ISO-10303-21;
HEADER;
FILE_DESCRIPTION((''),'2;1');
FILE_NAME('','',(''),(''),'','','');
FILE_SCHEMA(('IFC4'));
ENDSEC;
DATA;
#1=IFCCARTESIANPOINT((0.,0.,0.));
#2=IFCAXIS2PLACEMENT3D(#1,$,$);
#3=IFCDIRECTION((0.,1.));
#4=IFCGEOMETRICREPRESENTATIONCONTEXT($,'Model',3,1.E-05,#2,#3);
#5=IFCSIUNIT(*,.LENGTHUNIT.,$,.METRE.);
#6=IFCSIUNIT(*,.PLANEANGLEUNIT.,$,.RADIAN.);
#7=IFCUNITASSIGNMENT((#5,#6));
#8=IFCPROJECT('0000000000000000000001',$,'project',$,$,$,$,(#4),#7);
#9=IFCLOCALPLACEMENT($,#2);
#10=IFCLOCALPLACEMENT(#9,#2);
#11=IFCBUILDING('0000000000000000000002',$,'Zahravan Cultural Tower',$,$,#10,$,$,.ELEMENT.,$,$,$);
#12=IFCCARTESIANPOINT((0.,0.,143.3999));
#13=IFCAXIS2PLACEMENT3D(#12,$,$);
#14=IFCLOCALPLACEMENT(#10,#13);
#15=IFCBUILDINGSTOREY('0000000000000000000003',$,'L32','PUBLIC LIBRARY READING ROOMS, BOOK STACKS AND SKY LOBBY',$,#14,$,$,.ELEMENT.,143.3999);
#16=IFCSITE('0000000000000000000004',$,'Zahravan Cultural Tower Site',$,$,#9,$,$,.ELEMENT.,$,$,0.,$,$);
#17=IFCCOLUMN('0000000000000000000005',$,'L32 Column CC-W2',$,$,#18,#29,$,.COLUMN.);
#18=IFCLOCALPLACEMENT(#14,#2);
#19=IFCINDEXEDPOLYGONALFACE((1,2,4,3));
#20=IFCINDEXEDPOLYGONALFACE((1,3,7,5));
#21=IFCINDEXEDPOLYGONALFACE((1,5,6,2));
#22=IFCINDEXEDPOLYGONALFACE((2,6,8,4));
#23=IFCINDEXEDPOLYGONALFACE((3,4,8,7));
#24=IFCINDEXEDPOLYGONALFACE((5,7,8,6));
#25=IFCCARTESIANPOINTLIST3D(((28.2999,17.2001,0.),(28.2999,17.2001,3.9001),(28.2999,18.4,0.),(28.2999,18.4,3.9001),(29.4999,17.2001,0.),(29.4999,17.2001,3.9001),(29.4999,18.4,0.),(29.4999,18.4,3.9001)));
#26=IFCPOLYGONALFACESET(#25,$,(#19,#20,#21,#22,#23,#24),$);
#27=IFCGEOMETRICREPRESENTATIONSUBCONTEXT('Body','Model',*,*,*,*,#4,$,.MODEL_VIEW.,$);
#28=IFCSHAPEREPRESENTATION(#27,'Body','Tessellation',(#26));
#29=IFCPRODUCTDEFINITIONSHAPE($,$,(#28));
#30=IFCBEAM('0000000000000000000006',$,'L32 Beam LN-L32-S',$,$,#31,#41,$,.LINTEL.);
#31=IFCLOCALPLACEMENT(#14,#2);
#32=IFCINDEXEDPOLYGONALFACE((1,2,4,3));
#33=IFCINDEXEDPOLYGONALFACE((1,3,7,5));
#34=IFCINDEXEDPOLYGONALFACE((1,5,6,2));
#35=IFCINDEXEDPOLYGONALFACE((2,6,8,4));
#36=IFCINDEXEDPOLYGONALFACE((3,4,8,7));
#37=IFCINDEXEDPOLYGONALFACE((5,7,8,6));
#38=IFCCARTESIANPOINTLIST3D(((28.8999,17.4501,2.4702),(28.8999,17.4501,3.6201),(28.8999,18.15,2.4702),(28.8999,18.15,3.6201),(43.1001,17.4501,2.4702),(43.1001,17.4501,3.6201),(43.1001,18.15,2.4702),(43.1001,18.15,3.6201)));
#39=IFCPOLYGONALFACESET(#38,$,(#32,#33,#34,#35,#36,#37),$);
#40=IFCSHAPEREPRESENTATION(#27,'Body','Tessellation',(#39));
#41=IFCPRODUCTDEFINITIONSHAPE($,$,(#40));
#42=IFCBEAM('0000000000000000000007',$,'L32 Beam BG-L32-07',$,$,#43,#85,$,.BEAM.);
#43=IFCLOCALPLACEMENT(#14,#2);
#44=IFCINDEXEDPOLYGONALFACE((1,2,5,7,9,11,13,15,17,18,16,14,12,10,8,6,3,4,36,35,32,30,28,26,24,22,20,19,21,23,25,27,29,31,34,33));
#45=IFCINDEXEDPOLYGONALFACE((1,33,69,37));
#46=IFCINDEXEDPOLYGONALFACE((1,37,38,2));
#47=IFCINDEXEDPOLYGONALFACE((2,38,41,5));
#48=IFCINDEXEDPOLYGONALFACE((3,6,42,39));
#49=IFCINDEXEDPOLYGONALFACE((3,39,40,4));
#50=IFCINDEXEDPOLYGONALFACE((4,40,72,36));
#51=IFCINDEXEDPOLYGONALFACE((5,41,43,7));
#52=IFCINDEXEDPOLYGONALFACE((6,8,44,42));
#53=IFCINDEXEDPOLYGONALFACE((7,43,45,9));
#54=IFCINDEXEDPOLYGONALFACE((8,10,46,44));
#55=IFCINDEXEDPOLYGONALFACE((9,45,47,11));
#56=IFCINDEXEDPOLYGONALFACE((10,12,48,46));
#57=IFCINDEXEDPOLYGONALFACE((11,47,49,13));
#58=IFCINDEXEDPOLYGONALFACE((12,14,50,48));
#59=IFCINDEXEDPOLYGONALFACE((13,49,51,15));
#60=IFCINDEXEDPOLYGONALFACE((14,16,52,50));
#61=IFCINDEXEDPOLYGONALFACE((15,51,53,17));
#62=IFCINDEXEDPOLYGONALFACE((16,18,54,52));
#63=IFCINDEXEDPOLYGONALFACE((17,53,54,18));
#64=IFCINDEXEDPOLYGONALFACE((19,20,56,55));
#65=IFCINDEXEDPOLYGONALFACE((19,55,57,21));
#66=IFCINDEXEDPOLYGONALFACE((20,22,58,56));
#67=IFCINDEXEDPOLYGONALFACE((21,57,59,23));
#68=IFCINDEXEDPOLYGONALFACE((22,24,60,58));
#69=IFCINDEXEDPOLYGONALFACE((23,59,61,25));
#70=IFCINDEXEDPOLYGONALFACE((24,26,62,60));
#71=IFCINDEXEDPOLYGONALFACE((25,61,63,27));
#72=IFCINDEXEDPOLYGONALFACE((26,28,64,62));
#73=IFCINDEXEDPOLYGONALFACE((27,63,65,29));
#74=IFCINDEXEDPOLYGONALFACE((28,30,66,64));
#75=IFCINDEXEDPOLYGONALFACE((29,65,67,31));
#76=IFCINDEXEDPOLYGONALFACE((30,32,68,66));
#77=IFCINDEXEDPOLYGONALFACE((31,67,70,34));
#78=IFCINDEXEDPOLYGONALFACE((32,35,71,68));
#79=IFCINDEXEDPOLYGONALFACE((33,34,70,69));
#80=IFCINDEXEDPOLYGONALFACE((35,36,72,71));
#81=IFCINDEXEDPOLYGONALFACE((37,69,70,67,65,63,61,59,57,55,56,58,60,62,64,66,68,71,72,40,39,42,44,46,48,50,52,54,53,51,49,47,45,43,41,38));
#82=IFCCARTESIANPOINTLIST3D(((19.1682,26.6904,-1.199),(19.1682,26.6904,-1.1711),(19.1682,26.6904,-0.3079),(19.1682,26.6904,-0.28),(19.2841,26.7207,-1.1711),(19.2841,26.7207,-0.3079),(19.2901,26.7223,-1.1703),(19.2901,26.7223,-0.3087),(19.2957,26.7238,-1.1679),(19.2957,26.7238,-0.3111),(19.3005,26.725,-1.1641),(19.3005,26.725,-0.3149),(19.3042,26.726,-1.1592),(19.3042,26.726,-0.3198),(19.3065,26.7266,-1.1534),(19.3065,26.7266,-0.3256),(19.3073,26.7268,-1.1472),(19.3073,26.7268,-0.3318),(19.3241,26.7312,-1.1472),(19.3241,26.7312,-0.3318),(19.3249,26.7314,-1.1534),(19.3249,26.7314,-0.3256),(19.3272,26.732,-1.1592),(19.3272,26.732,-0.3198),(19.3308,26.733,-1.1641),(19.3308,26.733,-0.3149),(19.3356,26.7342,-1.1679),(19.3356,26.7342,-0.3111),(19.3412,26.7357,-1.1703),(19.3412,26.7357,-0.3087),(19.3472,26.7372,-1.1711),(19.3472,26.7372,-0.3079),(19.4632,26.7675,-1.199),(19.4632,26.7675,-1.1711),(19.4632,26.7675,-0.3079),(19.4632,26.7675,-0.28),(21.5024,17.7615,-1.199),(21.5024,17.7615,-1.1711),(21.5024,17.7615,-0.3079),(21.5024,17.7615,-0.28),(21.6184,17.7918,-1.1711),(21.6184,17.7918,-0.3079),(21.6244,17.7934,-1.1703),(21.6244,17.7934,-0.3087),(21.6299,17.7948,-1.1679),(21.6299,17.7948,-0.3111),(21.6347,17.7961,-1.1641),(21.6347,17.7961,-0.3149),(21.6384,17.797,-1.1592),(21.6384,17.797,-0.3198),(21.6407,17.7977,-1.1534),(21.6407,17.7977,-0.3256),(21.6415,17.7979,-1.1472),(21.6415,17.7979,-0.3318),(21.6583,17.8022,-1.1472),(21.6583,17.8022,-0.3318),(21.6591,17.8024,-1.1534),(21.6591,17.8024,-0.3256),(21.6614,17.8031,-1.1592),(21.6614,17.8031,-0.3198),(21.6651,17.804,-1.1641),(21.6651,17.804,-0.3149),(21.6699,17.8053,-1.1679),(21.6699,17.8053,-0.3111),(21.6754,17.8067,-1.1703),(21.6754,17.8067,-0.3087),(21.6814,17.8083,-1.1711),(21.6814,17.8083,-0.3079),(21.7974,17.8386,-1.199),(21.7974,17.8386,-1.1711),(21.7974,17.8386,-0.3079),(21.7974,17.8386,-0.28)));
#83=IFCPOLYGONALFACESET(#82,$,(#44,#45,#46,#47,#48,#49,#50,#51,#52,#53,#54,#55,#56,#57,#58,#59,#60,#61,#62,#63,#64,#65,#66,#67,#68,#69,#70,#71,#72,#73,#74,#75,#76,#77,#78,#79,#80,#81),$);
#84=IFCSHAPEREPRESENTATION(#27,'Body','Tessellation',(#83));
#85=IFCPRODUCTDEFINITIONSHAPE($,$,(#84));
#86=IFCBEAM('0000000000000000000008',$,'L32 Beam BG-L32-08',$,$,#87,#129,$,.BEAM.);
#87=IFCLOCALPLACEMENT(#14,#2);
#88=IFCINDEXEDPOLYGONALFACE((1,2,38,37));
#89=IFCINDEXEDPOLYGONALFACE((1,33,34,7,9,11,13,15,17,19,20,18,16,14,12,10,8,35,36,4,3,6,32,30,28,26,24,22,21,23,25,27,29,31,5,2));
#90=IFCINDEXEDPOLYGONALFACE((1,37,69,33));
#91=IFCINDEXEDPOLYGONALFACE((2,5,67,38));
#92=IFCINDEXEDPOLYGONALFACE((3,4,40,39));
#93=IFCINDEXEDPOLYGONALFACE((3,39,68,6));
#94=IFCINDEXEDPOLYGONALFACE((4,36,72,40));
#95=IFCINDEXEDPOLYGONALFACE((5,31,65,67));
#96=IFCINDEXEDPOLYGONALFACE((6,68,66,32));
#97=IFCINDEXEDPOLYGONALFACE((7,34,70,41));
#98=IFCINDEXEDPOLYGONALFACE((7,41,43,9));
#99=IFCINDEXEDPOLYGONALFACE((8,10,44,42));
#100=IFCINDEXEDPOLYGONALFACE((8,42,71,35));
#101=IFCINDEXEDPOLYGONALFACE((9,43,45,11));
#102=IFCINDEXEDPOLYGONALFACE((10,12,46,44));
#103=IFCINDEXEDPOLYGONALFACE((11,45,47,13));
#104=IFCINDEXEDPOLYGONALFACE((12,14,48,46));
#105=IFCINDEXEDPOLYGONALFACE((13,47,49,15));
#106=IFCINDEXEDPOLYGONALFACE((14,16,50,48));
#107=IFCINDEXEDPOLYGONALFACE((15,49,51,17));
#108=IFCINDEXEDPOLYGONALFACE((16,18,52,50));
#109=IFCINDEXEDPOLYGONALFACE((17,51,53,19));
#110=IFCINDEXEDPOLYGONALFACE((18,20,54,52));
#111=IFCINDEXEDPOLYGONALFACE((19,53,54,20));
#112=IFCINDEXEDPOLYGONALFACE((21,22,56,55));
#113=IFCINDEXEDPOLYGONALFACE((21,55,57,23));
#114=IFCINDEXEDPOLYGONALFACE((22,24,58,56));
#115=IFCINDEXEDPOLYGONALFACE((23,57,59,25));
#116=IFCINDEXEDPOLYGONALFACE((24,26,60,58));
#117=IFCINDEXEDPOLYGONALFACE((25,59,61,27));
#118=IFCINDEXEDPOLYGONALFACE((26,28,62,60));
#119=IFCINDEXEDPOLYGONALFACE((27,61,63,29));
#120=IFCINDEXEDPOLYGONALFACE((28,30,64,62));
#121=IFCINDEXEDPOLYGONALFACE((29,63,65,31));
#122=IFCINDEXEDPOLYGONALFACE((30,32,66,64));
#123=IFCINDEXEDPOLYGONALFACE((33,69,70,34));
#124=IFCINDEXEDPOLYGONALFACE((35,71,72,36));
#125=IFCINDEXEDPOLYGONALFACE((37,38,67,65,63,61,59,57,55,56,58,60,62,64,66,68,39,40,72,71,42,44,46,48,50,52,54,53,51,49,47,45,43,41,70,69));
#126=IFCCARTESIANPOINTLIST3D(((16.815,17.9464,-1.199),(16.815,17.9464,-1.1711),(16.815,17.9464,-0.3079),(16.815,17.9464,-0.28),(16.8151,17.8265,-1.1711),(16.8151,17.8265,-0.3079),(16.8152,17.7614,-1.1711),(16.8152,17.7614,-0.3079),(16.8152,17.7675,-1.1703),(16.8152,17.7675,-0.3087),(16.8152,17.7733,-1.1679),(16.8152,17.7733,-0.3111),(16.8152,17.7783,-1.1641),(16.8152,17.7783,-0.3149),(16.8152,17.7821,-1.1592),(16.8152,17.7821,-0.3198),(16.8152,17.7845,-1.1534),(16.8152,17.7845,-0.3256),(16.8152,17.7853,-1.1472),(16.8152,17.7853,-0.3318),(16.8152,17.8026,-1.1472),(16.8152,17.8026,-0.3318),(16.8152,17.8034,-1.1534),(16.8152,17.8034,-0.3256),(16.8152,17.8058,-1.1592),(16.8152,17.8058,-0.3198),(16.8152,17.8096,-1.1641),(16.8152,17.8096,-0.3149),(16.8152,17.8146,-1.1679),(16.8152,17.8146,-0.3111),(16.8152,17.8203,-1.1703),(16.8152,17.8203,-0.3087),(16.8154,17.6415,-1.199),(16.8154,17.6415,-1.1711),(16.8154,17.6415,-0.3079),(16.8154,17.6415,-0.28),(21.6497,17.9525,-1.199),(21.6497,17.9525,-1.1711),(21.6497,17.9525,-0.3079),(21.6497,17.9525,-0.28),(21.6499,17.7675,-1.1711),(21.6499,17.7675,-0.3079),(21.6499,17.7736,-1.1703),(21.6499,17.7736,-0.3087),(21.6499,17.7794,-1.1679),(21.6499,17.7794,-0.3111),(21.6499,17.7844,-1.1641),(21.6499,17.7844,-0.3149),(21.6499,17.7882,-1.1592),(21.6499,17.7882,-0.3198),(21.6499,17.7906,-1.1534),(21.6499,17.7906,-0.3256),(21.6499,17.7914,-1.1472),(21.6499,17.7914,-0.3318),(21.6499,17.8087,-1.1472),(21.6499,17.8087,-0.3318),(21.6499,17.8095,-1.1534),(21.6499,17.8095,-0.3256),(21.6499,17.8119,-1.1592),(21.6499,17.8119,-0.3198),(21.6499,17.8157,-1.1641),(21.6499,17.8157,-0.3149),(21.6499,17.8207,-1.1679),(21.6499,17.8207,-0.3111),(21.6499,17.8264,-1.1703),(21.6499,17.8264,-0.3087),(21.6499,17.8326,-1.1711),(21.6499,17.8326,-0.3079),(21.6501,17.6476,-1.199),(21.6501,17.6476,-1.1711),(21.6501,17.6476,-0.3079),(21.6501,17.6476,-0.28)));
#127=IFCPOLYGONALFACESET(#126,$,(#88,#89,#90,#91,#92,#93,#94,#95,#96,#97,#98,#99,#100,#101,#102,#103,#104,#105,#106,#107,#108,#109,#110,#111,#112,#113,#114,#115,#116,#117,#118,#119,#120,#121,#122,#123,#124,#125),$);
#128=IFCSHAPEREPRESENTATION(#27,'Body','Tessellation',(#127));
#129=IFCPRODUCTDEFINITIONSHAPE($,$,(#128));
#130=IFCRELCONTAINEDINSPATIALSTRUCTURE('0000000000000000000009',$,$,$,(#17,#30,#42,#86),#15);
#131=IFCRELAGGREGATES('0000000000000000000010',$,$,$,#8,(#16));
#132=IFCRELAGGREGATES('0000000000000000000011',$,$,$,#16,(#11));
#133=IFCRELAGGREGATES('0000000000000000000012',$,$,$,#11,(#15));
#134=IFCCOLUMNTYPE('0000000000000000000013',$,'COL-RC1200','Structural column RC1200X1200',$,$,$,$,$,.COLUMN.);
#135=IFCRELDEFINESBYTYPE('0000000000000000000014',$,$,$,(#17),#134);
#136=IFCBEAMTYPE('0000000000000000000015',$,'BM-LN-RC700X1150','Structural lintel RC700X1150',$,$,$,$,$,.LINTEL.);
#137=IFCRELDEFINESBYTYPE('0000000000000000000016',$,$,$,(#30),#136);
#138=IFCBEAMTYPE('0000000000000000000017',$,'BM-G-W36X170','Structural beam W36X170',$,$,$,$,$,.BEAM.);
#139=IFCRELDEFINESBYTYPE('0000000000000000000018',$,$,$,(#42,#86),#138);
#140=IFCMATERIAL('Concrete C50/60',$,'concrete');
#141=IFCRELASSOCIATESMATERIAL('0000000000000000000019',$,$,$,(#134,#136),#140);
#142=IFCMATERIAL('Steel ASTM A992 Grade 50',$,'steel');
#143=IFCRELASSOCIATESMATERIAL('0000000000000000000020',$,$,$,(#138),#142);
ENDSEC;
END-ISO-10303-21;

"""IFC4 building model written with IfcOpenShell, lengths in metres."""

from ifc_helpers import new_model, si_unit, direction, frame, origin, origin_2d, place, context, subcontext, project, spatial, rectangle, i_section, extrude, source, transform, mapped, material, material_profile, profile_set, type_object, element, save


model = new_model("IFC4")

# Units and contexts
model_context = context("Model", 3, precision=1e-05, world=origin(), true_north=direction((0.0, 1.0)))
body_context = subcontext(model_context, "Body", "Model", "MODEL_VIEW")
ifc_project = project(units=[si_unit("LENGTHUNIT", "METRE"), si_unit("PLANEANGLEUNIT", "RADIAN")], contexts=[model_context])

# Site, building, storey
site_placement = place(None, origin())
site = spatial("IfcSite", under=ifc_project, at=site_placement, Name="Zahravan Cultural Tower Site", CompositionType="ELEMENT", RefElevation=0.0)
building_placement = place(site_placement, origin())
building = spatial("IfcBuilding", under=site, at=building_placement, Name="Zahravan Cultural Tower", CompositionType="ELEMENT")
storey_placement = place(building_placement, frame((0.0, 0.0, 143.3999)))
storey = spatial("IfcBuildingStorey", under=building, at=storey_placement, Name="L32", Description="PUBLIC LIBRARY READING ROOMS, BOOK STACKS AND SKY LOBBY", CompositionType="ELEMENT", Elevation=143.3999)

# Column
ifc_material_1 = material(Name="Concrete C50/60", Category="concrete")
ifc_material_profile_1 = material_profile(ifc_material_1, rectangle(XDim=1.2, YDim=1.2, at=origin_2d()), Name="RC1200X1200")
ifc_profile_set_1 = profile_set([ifc_material_profile_1], Name="Concrete C50/60")
column_type = type_object("IfcColumnType", Name="COL-RC1200", Description="Structural column RC1200X1200", PredefinedType="COLUMN", material=ifc_profile_set_1)
shared_shape_1 = source(origin(), body_context, "Body", "SweptSolid", [
    extrude(rectangle(XDim=1.2, YDim=1.2, at=origin_2d()), origin(), (0.0, 0.0, 1.0), 3.9001),
])
column_placement = place(storey_placement, frame((28.8999, 17.8, 0.0), z_axis=(0.0, 0.0, 1.0), x_axis=(1.0, 0.0, 0.0)))
element("IfcColumn", 1, at=column_placement, inside=storey, type_object=column_type, Name="L32 Column CC-W2", PredefinedType="COLUMN", context=body_context, shape_type="MappedRepresentation", body=[
    mapped(shared_shape_1, transform((0.0, 0.0, 0.0), x_axis=(1.0, 0.0, 0.0), y_axis=(0.0, 1.0, 0.0), z_axis=(0.0, 0.0, 1.0), scale=1.0)),
])

# Beams
ifc_material_profile_2 = material_profile(ifc_material_1, rectangle(XDim=0.7, YDim=1.1499, at=origin_2d()), Name="RC700X1150")
ifc_profile_set_2 = profile_set([ifc_material_profile_2], Name="Concrete C50/60")
beam_type_1 = type_object("IfcBeamType", Name="BM-LN-RC700X1150", Description="Structural lintel RC700X1150", PredefinedType="LINTEL", material=ifc_profile_set_2)
shared_shape_2 = source(origin(), body_context, "Body", "SweptSolid", [
    extrude(rectangle(XDim=0.7, YDim=1.1499, at=origin_2d()), origin(), (0.0, 0.0, 1.0), 14.2002),
])
beam_1_placement = place(storey_placement, frame((28.8999, 17.8, 3.0452), z_axis=(1.0, 0.0, 0.0), x_axis=(0.0, 1.0, 0.0)))
element("IfcBeam", 2, at=beam_1_placement, inside=storey, type_object=beam_type_1, Name="L32 Beam LN-L32-S", PredefinedType="LINTEL", context=body_context, shape_type="MappedRepresentation", body=[
    mapped(shared_shape_2, transform((0.0, 0.0, 0.0), x_axis=(1.0, 0.0, 0.0), y_axis=(0.0, 1.0, 0.0), z_axis=(0.0, 0.0, 1.0), scale=1.0)),
])
ifc_material_2 = material(Name="Steel ASTM A992 Grade 50", Category="steel")
ifc_material_profile_3 = material_profile(ifc_material_2, i_section(OverallWidth=0.3049, OverallDepth=0.9189, WebThickness=0.0173, FlangeThickness=0.0278, FilletRadius=0.0239, at=origin_2d()), Name="W36X170")
ifc_profile_set_3 = profile_set([ifc_material_profile_3], Name="Steel ASTM A992 Grade 50")
beam_type_2 = type_object("IfcBeamType", Name="BM-G-W36X170", Description="Structural beam W36X170", PredefinedType="BEAM", material=ifc_profile_set_3)
shared_shape_3 = source(origin(), body_context, "Body", "SweptSolid", [
    extrude(i_section(OverallWidth=0.3049, OverallDepth=0.9189, WebThickness=0.0173, FlangeThickness=0.0278, FilletRadius=0.0239, at=origin_2d()), origin(), (0.0, 0.0, 1.0), 9.229),
])
beam_2_placement = place(storey_placement, frame((21.6499, 17.8, -0.7395), z_axis=(-0.252923, 0.967487, 0.0), x_axis=(-0.967487, -0.252923, 0.0)))
element("IfcBeam", 3, at=beam_2_placement, inside=storey, type_object=beam_type_2, Name="L32 Beam BG-L32-07", PredefinedType="BEAM", context=body_context, shape_type="MappedRepresentation", body=[
    mapped(shared_shape_3, transform((0.0, 0.0, 0.0), x_axis=(1.0, 0.0, 0.0), y_axis=(0.0, 1.0, 0.0), z_axis=(0.0, 0.0, 1.0), scale=1.0)),
])
shared_shape_4 = source(origin(), body_context, "Body", "SweptSolid", [
    extrude(i_section(OverallWidth=0.3049, OverallDepth=0.9189, WebThickness=0.0173, FlangeThickness=0.0278, FilletRadius=0.0239, at=origin_2d()), origin(), (0.0, 0.0, 1.0), 4.8347),
])
beam_3_placement = place(storey_placement, frame((21.6499, 17.8, -0.7395), z_axis=(-0.999999, -0.001262, 0.0), x_axis=(0.001262, -0.999999, 0.0)))
element("IfcBeam", 4, at=beam_3_placement, inside=storey, type_object=beam_type_2, Name="L32 Beam BG-L32-08", PredefinedType="BEAM", context=body_context, shape_type="MappedRepresentation", body=[
    mapped(shared_shape_4, transform((0.0, 0.0, 0.0), x_axis=(1.0, 0.0, 0.0), y_axis=(0.0, 1.0, 0.0), z_axis=(0.0, 0.0, 1.0), scale=1.0)),
])

save(model, "model.ifc")
